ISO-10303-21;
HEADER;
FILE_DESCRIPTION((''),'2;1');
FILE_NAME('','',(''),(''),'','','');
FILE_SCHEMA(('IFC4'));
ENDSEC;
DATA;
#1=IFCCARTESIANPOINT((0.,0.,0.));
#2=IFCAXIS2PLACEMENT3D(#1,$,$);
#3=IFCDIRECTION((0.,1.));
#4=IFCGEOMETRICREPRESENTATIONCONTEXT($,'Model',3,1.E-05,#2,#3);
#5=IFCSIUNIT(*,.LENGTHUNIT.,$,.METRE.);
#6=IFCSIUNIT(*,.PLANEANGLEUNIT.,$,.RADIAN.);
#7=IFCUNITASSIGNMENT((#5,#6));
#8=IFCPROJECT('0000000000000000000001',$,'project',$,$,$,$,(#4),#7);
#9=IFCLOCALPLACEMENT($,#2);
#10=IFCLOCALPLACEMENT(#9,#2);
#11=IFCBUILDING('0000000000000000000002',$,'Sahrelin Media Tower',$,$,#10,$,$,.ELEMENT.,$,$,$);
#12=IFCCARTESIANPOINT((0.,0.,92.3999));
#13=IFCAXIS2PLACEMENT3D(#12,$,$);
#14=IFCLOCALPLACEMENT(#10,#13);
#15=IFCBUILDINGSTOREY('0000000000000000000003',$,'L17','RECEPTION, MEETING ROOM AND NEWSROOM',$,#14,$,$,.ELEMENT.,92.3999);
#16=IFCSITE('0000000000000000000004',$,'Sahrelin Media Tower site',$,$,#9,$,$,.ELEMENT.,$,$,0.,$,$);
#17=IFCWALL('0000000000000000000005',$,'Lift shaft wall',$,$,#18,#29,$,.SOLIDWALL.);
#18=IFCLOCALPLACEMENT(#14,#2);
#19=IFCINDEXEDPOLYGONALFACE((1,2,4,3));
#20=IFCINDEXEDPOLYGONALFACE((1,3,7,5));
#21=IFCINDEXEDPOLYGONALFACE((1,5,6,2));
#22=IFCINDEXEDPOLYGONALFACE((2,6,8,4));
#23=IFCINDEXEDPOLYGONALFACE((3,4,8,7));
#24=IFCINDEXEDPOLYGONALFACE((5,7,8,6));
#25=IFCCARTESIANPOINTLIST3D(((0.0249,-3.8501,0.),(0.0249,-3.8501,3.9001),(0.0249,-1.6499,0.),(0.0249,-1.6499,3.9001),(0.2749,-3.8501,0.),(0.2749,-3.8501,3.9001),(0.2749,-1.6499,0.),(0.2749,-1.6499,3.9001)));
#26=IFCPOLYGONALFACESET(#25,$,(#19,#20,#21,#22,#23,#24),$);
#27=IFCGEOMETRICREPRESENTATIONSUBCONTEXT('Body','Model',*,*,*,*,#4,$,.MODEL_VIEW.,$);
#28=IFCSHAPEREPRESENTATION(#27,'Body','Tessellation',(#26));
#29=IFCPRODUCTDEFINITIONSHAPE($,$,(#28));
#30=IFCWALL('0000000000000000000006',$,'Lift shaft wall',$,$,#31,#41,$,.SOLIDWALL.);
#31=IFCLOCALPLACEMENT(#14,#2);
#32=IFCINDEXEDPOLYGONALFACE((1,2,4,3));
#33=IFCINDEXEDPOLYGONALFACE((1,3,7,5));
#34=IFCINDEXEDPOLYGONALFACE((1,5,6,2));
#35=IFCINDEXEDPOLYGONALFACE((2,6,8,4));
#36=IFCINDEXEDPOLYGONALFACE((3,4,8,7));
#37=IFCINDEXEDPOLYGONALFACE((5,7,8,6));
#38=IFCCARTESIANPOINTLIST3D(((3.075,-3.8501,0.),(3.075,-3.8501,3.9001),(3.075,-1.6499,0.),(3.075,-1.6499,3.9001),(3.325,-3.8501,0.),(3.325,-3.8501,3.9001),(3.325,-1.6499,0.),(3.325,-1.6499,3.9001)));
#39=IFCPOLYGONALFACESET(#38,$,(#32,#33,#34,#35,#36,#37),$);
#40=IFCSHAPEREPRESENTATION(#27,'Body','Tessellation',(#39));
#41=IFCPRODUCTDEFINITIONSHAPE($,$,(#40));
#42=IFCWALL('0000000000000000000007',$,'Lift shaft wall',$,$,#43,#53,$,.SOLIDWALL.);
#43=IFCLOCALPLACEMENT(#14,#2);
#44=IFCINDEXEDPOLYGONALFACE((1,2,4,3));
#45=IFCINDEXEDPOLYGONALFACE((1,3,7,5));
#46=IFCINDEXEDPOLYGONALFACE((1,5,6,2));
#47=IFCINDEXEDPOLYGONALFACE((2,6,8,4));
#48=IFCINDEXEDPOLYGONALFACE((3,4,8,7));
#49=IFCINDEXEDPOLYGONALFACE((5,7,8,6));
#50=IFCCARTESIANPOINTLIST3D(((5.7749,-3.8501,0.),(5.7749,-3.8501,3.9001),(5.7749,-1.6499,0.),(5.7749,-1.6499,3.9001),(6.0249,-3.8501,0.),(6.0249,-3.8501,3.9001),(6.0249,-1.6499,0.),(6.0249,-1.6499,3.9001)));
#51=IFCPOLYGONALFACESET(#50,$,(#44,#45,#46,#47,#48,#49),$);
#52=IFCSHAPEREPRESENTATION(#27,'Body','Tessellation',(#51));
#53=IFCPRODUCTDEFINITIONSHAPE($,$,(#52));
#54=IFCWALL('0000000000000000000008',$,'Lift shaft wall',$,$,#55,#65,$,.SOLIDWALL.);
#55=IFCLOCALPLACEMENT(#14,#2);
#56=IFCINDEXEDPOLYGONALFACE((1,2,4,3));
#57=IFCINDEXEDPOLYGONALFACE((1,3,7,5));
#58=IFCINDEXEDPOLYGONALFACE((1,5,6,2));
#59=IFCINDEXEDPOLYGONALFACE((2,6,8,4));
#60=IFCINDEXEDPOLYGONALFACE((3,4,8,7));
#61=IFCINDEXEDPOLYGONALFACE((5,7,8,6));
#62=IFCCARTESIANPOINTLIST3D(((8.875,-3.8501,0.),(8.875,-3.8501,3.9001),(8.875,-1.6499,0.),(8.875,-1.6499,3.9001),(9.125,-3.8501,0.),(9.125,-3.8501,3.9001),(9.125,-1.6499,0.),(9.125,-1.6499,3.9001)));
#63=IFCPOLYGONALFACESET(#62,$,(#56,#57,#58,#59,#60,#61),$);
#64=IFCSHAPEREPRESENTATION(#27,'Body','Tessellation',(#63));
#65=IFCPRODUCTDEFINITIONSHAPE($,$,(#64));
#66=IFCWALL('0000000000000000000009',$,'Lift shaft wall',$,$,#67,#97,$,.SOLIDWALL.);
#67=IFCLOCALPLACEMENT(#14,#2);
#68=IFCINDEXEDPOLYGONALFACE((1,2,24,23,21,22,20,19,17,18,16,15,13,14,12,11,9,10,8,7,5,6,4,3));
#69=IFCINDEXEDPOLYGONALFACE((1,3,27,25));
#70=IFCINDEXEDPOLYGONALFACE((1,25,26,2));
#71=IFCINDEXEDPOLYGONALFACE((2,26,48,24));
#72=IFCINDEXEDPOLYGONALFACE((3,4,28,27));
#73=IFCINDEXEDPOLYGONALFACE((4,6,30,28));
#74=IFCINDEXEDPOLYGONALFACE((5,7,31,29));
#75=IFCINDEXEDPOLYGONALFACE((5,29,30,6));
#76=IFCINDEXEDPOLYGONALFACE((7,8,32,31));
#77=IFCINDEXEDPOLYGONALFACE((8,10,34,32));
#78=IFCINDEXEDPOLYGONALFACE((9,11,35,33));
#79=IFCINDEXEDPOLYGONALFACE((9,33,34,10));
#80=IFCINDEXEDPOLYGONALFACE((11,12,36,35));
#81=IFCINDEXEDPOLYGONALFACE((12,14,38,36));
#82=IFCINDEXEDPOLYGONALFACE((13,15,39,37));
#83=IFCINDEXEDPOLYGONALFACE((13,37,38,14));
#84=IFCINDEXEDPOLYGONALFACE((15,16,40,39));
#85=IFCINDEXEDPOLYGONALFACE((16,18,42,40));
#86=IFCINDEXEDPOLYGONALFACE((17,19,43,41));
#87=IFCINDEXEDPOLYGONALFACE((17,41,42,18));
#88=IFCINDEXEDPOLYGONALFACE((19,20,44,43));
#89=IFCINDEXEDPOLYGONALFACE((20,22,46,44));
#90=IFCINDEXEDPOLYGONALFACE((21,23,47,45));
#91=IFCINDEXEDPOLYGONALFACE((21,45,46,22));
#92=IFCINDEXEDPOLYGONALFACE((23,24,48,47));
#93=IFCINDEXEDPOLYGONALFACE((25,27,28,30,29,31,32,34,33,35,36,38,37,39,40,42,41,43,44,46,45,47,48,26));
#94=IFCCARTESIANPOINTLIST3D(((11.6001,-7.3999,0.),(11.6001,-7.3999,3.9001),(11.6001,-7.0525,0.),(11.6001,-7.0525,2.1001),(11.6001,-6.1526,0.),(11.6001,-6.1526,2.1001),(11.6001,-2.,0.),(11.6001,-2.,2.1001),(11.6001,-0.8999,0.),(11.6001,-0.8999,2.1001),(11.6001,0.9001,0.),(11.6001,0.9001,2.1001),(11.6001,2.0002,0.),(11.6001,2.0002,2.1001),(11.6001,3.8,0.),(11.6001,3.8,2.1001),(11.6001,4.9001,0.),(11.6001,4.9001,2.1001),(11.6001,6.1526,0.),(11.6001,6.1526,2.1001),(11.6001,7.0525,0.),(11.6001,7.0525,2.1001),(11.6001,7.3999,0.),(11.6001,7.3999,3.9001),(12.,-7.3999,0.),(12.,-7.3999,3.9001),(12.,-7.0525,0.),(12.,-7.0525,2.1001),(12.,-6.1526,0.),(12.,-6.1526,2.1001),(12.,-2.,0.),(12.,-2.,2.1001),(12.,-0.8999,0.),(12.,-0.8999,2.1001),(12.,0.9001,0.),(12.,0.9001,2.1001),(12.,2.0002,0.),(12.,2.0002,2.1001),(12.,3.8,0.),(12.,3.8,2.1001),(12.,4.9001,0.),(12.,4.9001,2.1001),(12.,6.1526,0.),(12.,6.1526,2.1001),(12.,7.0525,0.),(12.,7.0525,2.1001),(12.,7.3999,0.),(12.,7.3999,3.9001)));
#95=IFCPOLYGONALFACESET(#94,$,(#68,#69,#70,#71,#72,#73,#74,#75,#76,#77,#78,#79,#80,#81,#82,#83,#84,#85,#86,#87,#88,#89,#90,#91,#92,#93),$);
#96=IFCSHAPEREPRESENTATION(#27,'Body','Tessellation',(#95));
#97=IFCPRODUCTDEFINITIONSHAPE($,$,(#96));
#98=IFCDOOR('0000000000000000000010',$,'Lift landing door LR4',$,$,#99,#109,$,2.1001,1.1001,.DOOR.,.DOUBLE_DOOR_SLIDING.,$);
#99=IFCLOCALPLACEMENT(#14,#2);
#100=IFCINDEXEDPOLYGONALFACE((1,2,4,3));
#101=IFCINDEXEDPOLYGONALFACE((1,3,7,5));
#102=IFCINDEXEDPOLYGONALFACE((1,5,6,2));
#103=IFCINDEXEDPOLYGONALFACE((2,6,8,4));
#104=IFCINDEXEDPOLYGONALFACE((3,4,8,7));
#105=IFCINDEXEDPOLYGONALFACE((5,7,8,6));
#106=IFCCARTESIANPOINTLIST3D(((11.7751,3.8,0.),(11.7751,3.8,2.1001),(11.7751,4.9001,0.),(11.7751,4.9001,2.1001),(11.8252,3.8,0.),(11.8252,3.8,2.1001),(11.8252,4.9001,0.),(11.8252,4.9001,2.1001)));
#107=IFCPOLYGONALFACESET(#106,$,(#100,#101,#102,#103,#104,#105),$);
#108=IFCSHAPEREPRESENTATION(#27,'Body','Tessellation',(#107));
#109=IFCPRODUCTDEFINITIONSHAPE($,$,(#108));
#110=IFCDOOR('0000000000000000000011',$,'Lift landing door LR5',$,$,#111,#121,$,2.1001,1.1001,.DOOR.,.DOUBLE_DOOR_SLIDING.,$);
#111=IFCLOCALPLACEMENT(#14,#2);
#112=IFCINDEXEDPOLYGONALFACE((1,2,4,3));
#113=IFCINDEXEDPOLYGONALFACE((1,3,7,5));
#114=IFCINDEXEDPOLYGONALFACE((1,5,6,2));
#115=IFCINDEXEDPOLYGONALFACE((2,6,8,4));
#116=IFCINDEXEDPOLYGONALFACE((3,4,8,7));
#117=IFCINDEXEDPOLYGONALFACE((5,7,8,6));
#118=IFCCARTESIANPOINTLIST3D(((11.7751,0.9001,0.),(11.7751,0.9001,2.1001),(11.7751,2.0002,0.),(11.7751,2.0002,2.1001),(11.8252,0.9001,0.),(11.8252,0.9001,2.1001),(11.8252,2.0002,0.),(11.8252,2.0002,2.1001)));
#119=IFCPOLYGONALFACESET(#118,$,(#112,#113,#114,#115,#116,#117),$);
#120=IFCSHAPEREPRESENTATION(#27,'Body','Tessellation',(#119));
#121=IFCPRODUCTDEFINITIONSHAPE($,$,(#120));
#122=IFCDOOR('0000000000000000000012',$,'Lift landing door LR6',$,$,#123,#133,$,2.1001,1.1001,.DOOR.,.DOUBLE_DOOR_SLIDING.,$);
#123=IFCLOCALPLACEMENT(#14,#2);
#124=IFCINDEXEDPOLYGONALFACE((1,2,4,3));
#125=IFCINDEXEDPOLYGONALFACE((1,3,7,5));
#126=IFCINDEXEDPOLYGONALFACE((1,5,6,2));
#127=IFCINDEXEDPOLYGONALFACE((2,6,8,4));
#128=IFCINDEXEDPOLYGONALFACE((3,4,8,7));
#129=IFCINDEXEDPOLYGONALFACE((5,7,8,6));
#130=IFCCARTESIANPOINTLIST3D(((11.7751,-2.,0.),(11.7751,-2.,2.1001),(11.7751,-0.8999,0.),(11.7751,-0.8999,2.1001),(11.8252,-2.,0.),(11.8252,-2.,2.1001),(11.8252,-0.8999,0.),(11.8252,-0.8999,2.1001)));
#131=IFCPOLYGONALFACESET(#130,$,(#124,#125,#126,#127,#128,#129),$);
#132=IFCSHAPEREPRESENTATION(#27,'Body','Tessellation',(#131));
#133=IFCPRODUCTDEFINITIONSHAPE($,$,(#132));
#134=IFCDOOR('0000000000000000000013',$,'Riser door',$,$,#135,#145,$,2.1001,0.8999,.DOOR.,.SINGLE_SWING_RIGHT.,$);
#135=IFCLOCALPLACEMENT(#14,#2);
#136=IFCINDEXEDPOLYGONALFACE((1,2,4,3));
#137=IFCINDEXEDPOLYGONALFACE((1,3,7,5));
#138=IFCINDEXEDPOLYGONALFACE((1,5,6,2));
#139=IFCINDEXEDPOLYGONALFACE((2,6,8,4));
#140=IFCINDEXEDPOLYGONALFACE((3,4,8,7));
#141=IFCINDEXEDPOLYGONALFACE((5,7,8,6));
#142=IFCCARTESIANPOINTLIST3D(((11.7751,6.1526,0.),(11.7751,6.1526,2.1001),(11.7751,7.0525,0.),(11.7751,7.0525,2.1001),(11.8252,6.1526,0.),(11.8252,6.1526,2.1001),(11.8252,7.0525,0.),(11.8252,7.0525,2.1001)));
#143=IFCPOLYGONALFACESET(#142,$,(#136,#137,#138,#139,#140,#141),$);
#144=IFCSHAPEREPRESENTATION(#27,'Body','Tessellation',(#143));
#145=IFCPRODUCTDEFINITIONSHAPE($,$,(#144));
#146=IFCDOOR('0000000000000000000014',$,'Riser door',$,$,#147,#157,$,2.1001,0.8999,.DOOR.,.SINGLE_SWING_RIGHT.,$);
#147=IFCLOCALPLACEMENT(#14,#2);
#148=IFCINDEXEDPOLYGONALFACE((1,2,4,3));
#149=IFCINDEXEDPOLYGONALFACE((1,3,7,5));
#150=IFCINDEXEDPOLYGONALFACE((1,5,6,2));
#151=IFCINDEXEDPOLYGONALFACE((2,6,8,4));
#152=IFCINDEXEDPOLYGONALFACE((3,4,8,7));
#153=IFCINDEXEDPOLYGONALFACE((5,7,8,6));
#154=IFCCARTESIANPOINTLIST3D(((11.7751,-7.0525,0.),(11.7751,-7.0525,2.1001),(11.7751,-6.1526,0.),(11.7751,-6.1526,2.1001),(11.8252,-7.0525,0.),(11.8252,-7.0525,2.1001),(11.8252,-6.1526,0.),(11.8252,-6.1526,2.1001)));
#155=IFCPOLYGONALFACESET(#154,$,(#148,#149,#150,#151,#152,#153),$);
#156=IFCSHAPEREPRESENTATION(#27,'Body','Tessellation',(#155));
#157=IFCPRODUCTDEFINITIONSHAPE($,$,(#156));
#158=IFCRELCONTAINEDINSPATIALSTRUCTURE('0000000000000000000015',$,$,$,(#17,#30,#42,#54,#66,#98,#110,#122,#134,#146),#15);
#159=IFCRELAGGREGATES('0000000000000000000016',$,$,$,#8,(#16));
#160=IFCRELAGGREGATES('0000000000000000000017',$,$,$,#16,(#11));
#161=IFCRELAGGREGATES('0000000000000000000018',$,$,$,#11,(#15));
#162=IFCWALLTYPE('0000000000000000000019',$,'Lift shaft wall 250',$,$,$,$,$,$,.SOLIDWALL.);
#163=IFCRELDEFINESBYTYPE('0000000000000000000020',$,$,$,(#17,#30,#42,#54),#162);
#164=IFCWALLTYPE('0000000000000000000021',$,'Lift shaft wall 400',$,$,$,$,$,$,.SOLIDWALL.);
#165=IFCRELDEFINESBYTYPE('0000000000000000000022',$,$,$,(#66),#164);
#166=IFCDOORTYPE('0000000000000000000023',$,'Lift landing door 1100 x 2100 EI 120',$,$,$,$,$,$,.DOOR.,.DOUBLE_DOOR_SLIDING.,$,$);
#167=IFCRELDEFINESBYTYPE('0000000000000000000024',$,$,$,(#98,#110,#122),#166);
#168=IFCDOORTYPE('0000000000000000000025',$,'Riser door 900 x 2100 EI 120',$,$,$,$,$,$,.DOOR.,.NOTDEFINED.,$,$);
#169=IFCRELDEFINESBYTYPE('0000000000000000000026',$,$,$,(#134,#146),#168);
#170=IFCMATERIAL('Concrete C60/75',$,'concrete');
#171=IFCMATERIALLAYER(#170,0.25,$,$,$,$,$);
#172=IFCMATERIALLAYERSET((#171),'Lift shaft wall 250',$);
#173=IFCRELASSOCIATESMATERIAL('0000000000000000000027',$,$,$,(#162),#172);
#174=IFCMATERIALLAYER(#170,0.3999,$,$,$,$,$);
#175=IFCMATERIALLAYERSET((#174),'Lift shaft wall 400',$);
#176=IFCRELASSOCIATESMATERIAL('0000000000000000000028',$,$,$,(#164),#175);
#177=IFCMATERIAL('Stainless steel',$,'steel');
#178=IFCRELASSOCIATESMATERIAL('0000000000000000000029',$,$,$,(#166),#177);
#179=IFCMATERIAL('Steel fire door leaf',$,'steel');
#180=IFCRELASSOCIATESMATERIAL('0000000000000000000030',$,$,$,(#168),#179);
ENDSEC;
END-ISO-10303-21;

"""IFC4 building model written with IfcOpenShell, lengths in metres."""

from ifc_helpers import new_model, si_unit, direction, frame, frame_2d, origin, place, context, subcontext, project, spatial, rectangle, extrude, material, layer, layer_set, type_object, element, fill, save


model = new_model("IFC4")

# Units and contexts
model_context = context("Model", 3, precision=1e-05, world=origin(), true_north=direction((0.0, 1.0)))
body_context = subcontext(model_context, "Body", "Model", "MODEL_VIEW")
ifc_project = project(units=[si_unit("LENGTHUNIT", "METRE"), si_unit("PLANEANGLEUNIT", "RADIAN")], contexts=[model_context])

# Site, building, storey
site_placement = place(None, origin())
site = spatial("IfcSite", under=ifc_project, at=site_placement, Name="Sahrelin Media Tower site", CompositionType="ELEMENT", RefElevation=0.0)
building_placement = place(site_placement, origin())
building = spatial("IfcBuilding", under=site, at=building_placement, Name="Sahrelin Media Tower", CompositionType="ELEMENT")
storey_placement = place(building_placement, frame((0.0, 0.0, 92.3999)))
storey = spatial("IfcBuildingStorey", under=building, at=storey_placement, Name="L17", Description="RECEPTION, MEETING ROOM AND NEWSROOM", CompositionType="ELEMENT", Elevation=92.3999)

# Walls
ifc_material_1 = material(Name="Concrete C60/75", Category="concrete")
ifc_layer_1 = layer(ifc_material_1, 0.25)
ifc_layer_set_1 = layer_set([ifc_layer_1], Name="Lift shaft wall 250")
wall_type_1 = type_object("IfcWallType", Name="Lift shaft wall 250", PredefinedType="SOLIDWALL", material=ifc_layer_set_1)
for number, where, z_axis, x_axis, name in (
    (1, (0.1499, -3.8501, 0.0), (0.0, 0.0, 1.0), (0.0, 1.0, 0.0), "Lift shaft wall"),
    (2, (3.2, -3.8501, 0.0), (0.0, 0.0, 1.0), (0.0, 1.0, 0.0), "Lift shaft wall"),
    (3, (5.8999, -3.8501, 0.0), (0.0, 0.0, 1.0), (0.0, 1.0, 0.0), "Lift shaft wall"),
    (4, (9.0, -3.8501, 0.0), (0.0, 0.0, 1.0), (0.0, 1.0, 0.0), "Lift shaft wall"),
):
    element("IfcWall", number, at=place(storey_placement, frame(where, z_axis=z_axis, x_axis=x_axis)), inside=storey, type_object=wall_type_1, Name=name, PredefinedType="SOLIDWALL", context=body_context, shape_type="SweptSolid", body=[
        extrude(rectangle(XDim=2.2002, YDim=0.25, at=frame_2d((1.1001, 0.0))), origin(), (0.0, 0.0, 1.0), 3.9001),
    ])

# Wall, openings, doors
ifc_layer_2 = layer(ifc_material_1, 0.3999)
ifc_layer_set_2 = layer_set([ifc_layer_2], Name="Lift shaft wall 400")
wall_type_2 = type_object("IfcWallType", Name="Lift shaft wall 400", PredefinedType="SOLIDWALL", material=ifc_layer_set_2)
wall_1_placement = place(storey_placement, frame((11.8, -7.3999, 0.0), z_axis=(0.0, 0.0, 1.0), x_axis=(0.0, 1.0, 0.0)))
wall_1 = element("IfcWall", 5, at=wall_1_placement, inside=storey, type_object=wall_type_2, Name="Lift shaft wall", PredefinedType="SOLIDWALL", context=body_context, shape_type="SweptSolid", body=[
    extrude(rectangle(XDim=14.7998, YDim=0.3999, at=frame_2d((7.3999, 0.0))), origin(), (0.0, 0.0, 1.0), 3.9001),
])
opening_1_placement = place(wall_1_placement, frame((11.2, 0.0, 0.0)))
opening_1 = element("IfcOpeningElement", 6, at=opening_1_placement, cuts=wall_1, PredefinedType="OPENING", context=body_context, shape_type="SweptSolid", body=[
    extrude(rectangle(XDim=1.1001, YDim=2.1001, at=frame_2d((0.55, 1.05))), frame((0.0, 0.2, 0.0), z_axis=(0.0, -1.0, 0.0), x_axis=(1.0, 0.0, 0.0)), (0.0, 0.0, 1.0), 0.3999),
])
opening_2_placement = place(wall_1_placement, frame((8.3, 0.0, 0.0)))
opening_2 = element("IfcOpeningElement", 7, at=opening_2_placement, cuts=wall_1, PredefinedType="OPENING", context=body_context, shape_type="SweptSolid", body=[
    extrude(rectangle(XDim=1.1001, YDim=2.1001, at=frame_2d((0.55, 1.05))), frame((0.0, 0.2, 0.0), z_axis=(0.0, -1.0, 0.0), x_axis=(1.0, 0.0, 0.0)), (0.0, 0.0, 1.0), 0.3999),
])
opening_3_placement = place(wall_1_placement, frame((5.3999, 0.0, 0.0)))
opening_3 = element("IfcOpeningElement", 8, at=opening_3_placement, cuts=wall_1, PredefinedType="OPENING", context=body_context, shape_type="SweptSolid", body=[
    extrude(rectangle(XDim=1.1001, YDim=2.1001, at=frame_2d((0.55, 1.05))), frame((0.0, 0.2, 0.0), z_axis=(0.0, -1.0, 0.0), x_axis=(1.0, 0.0, 0.0)), (0.0, 0.0, 1.0), 0.3999),
])
opening_4_placement = place(wall_1_placement, frame((13.5525, 0.0, 0.0)))
opening_4 = element("IfcOpeningElement", 9, at=opening_4_placement, cuts=wall_1, PredefinedType="OPENING", context=body_context, shape_type="SweptSolid", body=[
    extrude(rectangle(XDim=0.8999, YDim=2.1001, at=frame_2d((0.45, 1.05))), frame((0.0, 0.2, 0.0), z_axis=(0.0, -1.0, 0.0), x_axis=(1.0, 0.0, 0.0)), (0.0, 0.0, 1.0), 0.3999),
])
opening_5_placement = place(wall_1_placement, frame((0.3474, 0.0, 0.0)))
opening_5 = element("IfcOpeningElement", 10, at=opening_5_placement, cuts=wall_1, PredefinedType="OPENING", context=body_context, shape_type="SweptSolid", body=[
    extrude(rectangle(XDim=0.8999, YDim=2.1001, at=frame_2d((0.45, 1.05))), frame((0.0, 0.2, 0.0), z_axis=(0.0, -1.0, 0.0), x_axis=(1.0, 0.0, 0.0)), (0.0, 0.0, 1.0), 0.3999),
])
ifc_material_2 = material(Name="Stainless steel", Category="steel")
door_type_1 = type_object("IfcDoorType", Name="Lift landing door 1100 x 2100 EI 120", OperationType="DOUBLE_DOOR_SLIDING", PredefinedType="DOOR", material=ifc_material_2)
door_1_placement = place(opening_1_placement, origin())
door_1 = element("IfcDoor", 11, at=door_1_placement, inside=storey, type_object=door_type_1, Name="Lift landing door LR4", OperationType="DOUBLE_DOOR_SLIDING", OverallHeight=2.1001, OverallWidth=1.1001, PredefinedType="DOOR", context=body_context, shape_type="SweptSolid", body=[
    extrude(rectangle(XDim=1.1001, YDim=2.1001, at=frame_2d((0.55, 1.05))), frame((0.0, 0.0249, 0.0), z_axis=(0.0, -1.0, 0.0), x_axis=(1.0, 0.0, 0.0)), (0.0, 0.0, 1.0), 0.05),
])
fill(opening_1, door_1)
door_2_placement = place(opening_2_placement, origin())
door_2 = element("IfcDoor", 12, at=door_2_placement, inside=storey, type_object=door_type_1, Name="Lift landing door LR5", OperationType="DOUBLE_DOOR_SLIDING", OverallHeight=2.1001, OverallWidth=1.1001, PredefinedType="DOOR", context=body_context, shape_type="SweptSolid", body=[
    extrude(rectangle(XDim=1.1001, YDim=2.1001, at=frame_2d((0.55, 1.05))), frame((0.0, 0.0249, 0.0), z_axis=(0.0, -1.0, 0.0), x_axis=(1.0, 0.0, 0.0)), (0.0, 0.0, 1.0), 0.05),
])
fill(opening_2, door_2)
door_3_placement = place(opening_3_placement, origin())
door_3 = element("IfcDoor", 13, at=door_3_placement, inside=storey, type_object=door_type_1, Name="Lift landing door LR6", OperationType="DOUBLE_DOOR_SLIDING", OverallHeight=2.1001, OverallWidth=1.1001, PredefinedType="DOOR", context=body_context, shape_type="SweptSolid", body=[
    extrude(rectangle(XDim=1.1001, YDim=2.1001, at=frame_2d((0.55, 1.05))), frame((0.0, 0.0249, 0.0), z_axis=(0.0, -1.0, 0.0), x_axis=(1.0, 0.0, 0.0)), (0.0, 0.0, 1.0), 0.05),
])
fill(opening_3, door_3)
ifc_material_3 = material(Name="Steel fire door leaf", Category="steel")
door_type_2 = type_object("IfcDoorType", Name="Riser door 900 x 2100 EI 120", OperationType="NOTDEFINED", PredefinedType="DOOR", material=ifc_material_3)
door_4_placement = place(opening_4_placement, origin())
door_4 = element("IfcDoor", 14, at=door_4_placement, inside=storey, type_object=door_type_2, Name="Riser door", OperationType="SINGLE_SWING_RIGHT", OverallHeight=2.1001, OverallWidth=0.8999, PredefinedType="DOOR", context=body_context, shape_type="SweptSolid", body=[
    extrude(rectangle(XDim=0.8999, YDim=2.1001, at=frame_2d((0.45, 1.05))), frame((0.0, 0.0249, 0.0), z_axis=(0.0, -1.0, 0.0), x_axis=(1.0, 0.0, 0.0)), (0.0, 0.0, 1.0), 0.05),
])
fill(opening_4, door_4)
door_5_placement = place(opening_5_placement, origin())
door_5 = element("IfcDoor", 15, at=door_5_placement, inside=storey, type_object=door_type_2, Name="Riser door", OperationType="SINGLE_SWING_RIGHT", OverallHeight=2.1001, OverallWidth=0.8999, PredefinedType="DOOR", context=body_context, shape_type="SweptSolid", body=[
    extrude(rectangle(XDim=0.8999, YDim=2.1001, at=frame_2d((0.45, 1.05))), frame((0.0, 0.0249, 0.0), z_axis=(0.0, -1.0, 0.0), x_axis=(1.0, 0.0, 0.0)), (0.0, 0.0, 1.0), 0.05),
])
fill(opening_5, door_5)

save(model, "model.ifc")
